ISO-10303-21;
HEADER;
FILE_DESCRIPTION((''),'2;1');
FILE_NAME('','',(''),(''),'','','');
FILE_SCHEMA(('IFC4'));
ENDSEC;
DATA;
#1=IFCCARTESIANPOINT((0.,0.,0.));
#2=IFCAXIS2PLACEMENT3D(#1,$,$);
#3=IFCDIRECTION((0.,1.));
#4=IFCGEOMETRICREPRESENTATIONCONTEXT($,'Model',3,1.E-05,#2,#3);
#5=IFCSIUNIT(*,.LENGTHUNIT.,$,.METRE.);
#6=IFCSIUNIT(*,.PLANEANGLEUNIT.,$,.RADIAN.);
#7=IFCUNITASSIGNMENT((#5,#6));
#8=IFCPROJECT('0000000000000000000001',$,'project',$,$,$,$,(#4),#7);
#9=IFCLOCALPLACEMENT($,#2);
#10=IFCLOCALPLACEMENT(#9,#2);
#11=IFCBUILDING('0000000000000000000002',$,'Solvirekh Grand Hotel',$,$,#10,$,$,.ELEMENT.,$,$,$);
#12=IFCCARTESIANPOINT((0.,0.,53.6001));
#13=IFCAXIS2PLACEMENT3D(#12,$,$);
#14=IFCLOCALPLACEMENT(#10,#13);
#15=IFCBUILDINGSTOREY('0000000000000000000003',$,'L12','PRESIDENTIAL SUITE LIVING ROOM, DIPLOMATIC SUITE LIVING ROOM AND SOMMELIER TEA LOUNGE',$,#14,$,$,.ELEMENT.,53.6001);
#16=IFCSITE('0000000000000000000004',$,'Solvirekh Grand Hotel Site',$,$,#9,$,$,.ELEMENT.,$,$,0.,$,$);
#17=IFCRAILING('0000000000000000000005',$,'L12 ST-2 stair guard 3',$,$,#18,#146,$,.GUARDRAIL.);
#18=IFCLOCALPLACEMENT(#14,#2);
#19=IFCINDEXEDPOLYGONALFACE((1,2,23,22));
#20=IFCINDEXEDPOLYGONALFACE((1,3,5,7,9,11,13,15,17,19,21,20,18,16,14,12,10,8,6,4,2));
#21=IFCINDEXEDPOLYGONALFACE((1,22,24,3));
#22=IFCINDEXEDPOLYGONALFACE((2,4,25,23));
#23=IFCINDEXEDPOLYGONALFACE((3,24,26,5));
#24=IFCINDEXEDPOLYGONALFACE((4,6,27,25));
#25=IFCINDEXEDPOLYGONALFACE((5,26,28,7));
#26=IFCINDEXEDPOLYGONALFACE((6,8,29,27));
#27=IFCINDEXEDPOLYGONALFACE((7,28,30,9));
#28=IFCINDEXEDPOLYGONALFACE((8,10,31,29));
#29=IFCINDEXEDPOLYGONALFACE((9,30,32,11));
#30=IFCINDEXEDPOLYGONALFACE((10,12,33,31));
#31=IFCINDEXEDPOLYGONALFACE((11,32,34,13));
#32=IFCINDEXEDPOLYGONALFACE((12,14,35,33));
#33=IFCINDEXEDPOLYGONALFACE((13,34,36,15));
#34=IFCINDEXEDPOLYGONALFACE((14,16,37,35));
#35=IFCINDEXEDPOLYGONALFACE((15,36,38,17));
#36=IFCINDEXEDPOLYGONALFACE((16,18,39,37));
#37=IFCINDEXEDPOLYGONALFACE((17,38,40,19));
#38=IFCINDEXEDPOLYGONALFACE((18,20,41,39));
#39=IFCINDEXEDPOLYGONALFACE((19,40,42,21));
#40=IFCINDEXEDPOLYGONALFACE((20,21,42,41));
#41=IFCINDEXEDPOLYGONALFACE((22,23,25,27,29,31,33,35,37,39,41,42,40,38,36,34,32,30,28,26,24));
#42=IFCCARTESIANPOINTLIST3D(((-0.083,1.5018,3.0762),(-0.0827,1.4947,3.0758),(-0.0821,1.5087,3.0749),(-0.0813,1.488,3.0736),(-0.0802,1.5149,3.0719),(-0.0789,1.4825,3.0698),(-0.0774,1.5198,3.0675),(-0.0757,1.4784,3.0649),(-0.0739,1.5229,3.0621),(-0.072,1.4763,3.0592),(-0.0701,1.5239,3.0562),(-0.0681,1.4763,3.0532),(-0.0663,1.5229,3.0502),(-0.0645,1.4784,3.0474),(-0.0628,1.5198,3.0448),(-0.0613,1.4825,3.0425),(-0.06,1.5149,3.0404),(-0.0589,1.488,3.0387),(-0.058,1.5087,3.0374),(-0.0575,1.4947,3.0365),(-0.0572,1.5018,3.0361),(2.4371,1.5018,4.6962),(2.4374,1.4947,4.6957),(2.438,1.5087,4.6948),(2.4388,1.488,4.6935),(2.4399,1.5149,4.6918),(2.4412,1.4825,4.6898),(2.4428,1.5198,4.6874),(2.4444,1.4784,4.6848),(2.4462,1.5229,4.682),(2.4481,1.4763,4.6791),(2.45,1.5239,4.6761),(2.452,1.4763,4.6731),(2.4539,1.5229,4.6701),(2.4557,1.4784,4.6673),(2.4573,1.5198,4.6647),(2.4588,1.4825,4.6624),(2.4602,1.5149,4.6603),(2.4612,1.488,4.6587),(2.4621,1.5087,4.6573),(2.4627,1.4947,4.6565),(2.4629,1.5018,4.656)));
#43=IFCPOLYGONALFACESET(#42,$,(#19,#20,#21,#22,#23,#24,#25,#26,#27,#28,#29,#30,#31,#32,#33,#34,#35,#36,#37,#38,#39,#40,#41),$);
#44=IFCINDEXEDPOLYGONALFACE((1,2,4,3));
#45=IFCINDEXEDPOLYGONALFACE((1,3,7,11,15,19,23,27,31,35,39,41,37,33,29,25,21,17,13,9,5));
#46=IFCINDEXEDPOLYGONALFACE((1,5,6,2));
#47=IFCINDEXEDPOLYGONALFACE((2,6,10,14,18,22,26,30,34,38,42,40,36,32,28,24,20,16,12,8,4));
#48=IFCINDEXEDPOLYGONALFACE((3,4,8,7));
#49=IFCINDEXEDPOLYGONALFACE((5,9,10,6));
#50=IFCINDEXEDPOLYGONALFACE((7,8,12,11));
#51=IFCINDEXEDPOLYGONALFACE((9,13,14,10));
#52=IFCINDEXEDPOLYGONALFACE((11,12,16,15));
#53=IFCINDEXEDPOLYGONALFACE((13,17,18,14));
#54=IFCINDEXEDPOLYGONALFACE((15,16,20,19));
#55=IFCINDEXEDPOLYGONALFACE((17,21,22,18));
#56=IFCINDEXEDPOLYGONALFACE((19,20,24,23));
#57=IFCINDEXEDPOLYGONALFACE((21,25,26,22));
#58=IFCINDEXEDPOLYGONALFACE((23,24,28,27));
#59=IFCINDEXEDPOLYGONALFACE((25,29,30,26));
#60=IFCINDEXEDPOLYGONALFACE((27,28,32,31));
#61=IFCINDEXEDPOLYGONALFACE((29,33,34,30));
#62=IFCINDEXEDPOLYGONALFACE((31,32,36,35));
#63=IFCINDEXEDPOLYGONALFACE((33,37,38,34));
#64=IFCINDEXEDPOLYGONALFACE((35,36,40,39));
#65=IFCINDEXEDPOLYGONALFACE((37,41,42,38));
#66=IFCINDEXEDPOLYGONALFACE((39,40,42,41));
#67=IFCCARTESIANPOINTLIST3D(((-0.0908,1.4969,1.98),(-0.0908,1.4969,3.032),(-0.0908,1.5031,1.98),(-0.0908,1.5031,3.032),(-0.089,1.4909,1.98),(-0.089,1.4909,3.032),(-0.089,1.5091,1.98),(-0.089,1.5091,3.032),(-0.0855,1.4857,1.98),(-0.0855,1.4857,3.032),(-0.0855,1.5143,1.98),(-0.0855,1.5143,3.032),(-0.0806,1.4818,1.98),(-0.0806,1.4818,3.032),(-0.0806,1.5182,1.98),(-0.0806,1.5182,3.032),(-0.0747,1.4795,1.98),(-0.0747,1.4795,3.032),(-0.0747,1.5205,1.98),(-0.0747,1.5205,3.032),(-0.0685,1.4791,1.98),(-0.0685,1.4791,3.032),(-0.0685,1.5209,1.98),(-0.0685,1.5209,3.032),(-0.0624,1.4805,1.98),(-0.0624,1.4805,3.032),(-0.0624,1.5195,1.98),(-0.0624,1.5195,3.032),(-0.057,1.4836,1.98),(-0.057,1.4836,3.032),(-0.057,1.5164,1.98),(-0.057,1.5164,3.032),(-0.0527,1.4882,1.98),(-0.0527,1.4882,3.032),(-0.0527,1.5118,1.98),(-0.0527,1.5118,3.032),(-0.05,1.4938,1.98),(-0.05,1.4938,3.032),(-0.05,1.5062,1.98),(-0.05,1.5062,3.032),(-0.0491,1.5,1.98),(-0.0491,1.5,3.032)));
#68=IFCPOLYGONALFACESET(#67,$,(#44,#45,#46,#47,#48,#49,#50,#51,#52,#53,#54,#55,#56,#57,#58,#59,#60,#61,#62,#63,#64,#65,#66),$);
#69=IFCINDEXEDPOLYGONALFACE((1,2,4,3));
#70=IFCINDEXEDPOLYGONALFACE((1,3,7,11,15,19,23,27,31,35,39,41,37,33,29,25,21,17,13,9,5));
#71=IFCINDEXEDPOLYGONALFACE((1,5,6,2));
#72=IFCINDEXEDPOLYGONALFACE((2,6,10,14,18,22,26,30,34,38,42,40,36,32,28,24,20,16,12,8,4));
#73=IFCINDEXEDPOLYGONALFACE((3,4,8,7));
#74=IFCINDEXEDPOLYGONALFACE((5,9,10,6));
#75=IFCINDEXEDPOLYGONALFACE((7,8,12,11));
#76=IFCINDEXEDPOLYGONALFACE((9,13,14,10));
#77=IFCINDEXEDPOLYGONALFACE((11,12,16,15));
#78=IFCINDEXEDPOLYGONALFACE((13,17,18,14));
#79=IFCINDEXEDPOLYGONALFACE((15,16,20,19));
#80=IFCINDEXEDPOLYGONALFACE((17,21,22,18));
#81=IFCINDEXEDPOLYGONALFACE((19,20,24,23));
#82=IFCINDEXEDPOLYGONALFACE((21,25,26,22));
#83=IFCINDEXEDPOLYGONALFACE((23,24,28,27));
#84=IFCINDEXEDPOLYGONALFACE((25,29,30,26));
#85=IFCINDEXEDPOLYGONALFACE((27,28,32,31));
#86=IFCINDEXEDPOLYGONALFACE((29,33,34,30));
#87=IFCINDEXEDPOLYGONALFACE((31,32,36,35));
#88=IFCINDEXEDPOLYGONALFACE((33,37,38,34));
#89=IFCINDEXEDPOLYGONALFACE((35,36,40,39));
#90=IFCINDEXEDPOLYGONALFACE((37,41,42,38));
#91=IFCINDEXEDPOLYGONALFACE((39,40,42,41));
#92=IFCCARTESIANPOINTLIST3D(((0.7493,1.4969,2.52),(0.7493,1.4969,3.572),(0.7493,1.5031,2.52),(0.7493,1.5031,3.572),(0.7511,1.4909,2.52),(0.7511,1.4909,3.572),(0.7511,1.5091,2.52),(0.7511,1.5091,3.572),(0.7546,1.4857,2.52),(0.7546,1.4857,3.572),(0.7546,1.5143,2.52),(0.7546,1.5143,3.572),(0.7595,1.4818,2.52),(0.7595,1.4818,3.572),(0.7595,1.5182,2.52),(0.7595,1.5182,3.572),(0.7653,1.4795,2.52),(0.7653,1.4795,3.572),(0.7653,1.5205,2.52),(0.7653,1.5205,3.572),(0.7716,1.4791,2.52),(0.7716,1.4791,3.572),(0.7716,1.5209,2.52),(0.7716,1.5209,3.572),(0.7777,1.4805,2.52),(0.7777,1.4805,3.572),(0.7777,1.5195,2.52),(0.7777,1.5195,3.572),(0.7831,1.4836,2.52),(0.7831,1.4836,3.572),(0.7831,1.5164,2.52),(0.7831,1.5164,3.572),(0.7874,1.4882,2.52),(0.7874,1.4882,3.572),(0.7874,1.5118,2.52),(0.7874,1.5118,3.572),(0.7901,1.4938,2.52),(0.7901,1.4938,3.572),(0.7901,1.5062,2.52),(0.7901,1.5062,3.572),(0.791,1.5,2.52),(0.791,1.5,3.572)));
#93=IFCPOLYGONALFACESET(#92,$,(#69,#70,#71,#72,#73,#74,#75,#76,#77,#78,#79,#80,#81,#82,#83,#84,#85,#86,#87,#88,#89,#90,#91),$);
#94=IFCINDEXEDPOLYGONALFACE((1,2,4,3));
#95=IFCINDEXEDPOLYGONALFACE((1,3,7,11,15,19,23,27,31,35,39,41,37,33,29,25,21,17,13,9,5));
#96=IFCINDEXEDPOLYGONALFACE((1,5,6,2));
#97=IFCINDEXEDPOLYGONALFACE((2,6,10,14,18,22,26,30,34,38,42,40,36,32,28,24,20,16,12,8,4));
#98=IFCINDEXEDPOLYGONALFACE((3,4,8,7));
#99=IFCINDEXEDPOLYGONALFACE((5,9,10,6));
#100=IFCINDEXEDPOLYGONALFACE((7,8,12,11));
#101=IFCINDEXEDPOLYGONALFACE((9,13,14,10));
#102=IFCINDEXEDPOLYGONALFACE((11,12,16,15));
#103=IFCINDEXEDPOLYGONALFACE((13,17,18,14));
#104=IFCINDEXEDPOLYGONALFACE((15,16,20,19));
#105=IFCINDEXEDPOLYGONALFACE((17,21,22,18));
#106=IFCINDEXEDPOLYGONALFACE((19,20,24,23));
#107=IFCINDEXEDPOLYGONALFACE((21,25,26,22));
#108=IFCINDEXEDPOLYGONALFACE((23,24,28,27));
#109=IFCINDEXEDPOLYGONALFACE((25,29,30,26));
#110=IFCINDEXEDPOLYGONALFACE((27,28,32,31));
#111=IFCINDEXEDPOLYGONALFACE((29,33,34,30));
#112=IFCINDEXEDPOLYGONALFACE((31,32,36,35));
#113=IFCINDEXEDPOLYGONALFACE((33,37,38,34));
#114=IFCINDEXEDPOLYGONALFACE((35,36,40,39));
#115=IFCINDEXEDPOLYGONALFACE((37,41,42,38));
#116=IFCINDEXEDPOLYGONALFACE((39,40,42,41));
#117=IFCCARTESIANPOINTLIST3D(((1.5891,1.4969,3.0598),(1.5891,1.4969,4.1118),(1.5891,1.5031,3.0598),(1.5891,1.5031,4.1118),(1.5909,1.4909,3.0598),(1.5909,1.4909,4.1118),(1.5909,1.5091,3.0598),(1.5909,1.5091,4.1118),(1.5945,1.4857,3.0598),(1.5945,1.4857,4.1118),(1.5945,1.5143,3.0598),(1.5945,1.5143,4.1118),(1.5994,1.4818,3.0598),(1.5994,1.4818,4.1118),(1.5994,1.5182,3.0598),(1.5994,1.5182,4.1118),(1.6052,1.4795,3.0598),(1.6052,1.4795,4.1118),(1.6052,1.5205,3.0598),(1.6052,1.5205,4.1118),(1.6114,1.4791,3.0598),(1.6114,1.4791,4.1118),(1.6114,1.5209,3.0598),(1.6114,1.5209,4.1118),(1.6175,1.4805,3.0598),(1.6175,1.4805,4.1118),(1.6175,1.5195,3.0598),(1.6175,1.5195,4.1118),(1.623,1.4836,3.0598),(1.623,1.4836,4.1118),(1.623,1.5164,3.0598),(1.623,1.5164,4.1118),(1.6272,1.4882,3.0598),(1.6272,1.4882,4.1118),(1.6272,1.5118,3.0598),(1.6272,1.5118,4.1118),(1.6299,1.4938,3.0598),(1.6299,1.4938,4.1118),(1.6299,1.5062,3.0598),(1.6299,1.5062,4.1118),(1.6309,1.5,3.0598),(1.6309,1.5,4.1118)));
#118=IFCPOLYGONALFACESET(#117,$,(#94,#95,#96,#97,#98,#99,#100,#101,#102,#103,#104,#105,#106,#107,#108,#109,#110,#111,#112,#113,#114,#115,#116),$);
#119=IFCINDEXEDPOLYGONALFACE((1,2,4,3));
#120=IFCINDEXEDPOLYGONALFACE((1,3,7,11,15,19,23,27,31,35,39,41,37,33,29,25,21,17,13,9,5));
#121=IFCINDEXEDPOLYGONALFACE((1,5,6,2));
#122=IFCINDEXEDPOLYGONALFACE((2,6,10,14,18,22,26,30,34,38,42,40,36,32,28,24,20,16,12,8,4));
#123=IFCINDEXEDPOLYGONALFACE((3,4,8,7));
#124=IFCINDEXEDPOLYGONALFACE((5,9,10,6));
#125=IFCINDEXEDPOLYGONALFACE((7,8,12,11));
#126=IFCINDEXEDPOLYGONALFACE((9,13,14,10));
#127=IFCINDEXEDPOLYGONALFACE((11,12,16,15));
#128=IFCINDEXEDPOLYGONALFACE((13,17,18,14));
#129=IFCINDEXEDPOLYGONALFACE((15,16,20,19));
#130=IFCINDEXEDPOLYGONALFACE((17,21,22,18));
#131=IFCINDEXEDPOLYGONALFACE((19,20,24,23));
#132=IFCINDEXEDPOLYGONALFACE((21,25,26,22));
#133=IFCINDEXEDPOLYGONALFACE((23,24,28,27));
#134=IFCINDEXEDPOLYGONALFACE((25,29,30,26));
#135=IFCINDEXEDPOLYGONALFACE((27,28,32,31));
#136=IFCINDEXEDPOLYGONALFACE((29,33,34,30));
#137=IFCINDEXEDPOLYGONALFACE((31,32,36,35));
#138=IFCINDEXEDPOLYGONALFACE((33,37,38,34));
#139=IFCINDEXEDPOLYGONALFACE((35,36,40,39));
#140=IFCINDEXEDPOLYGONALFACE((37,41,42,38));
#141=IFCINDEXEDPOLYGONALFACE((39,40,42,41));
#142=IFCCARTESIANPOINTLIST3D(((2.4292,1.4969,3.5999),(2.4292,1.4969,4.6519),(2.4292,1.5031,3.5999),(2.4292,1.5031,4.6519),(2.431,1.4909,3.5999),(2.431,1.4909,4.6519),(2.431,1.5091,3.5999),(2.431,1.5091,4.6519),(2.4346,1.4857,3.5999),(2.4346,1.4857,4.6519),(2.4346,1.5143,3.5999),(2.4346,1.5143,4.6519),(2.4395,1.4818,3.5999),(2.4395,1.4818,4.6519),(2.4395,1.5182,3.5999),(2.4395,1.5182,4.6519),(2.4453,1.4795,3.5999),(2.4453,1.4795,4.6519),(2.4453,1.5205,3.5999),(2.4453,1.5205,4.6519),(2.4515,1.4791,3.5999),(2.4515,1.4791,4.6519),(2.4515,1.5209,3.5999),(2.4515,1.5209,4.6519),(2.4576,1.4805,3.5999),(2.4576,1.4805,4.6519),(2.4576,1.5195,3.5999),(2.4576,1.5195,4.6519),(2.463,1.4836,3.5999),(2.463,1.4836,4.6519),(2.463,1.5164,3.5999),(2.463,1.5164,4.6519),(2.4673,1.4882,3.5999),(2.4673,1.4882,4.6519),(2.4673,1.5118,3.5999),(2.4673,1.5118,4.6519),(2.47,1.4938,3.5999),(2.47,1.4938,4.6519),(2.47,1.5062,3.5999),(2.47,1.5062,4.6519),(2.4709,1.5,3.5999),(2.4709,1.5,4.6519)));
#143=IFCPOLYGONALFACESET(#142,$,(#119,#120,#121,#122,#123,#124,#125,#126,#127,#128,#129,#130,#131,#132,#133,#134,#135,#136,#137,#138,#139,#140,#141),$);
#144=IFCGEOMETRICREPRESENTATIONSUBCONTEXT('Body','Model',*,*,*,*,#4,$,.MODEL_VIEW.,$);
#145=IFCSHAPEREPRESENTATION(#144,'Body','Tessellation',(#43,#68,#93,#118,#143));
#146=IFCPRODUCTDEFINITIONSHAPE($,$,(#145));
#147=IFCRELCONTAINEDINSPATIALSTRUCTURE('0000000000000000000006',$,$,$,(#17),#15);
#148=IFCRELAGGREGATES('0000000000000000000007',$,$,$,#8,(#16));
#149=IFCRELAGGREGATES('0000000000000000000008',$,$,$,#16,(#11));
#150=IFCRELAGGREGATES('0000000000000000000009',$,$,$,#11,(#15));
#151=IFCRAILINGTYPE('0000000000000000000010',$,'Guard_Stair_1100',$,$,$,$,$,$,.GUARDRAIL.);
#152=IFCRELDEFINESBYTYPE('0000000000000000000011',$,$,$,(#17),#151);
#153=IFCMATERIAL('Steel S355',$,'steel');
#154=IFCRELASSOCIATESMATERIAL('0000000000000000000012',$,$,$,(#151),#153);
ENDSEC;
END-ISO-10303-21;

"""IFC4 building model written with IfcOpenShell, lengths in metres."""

from ifc_helpers import new_model, si_unit, direction, frame, origin, origin_2d, place, context, subcontext, project, spatial, circle, extrude, material, type_object, element, save


model = new_model("IFC4")

# Units and contexts
model_context = context("Model", 3, precision=1e-05, world=origin(), true_north=direction((0.0, 1.0)))
body_context = subcontext(model_context, "Body", "Model", "MODEL_VIEW")
ifc_project = project(units=[si_unit("LENGTHUNIT", "METRE"), si_unit("PLANEANGLEUNIT", "RADIAN")], contexts=[model_context])

# Site, building, storey
site_placement = place(None, origin())
site = spatial("IfcSite", under=ifc_project, at=site_placement, Name="Solvirekh Grand Hotel Site", CompositionType="ELEMENT", RefElevation=0.0)
building_placement = place(site_placement, origin())
building = spatial("IfcBuilding", under=site, at=building_placement, Name="Solvirekh Grand Hotel", CompositionType="ELEMENT")
storey_placement = place(building_placement, frame((0.0, 0.0, 53.6001)))
storey = spatial("IfcBuildingStorey", under=building, at=storey_placement, Name="L12", Description="PRESIDENTIAL SUITE LIVING ROOM, DIPLOMATIC SUITE LIVING ROOM AND SOMMELIER TEA LOUNGE", CompositionType="ELEMENT", Elevation=53.6001)

# Shared definitions
ifc_material_1 = material(Name="Steel S355", Category="steel")

# Railing
railing_type_1 = type_object("IfcRailingType", Name="Guard_Stair_1100", PredefinedType="GUARDRAIL", material=ifc_material_1)
railing_1_placement = place(storey_placement, frame((-0.0701, 1.5, 1.98)))
element("IfcRailing", 1, at=railing_1_placement, inside=storey, type_object=railing_type_1, Name="L12 ST-2 stair guard 3", PredefinedType="GUARDRAIL", context=body_context, shape_type="SweptSolid", body=[
    extrude(circle(Radius=0.0239, at=origin_2d()), frame((0.0, 0.0, 1.0762), z_axis=(0.8412, 0.0, 0.540725), x_axis=(0.0, 1.0, 0.0)), (0.0, 0.0, 1.0), 2.9958),
    extrude(circle(Radius=0.021, at=origin_2d()), origin(), (0.0, 0.0, 1.0), 1.052),
    extrude(circle(Radius=0.021, at=origin_2d()), frame((0.8401, 0.0, 0.54)), (0.0, 0.0, 1.0), 1.052),
    extrude(circle(Radius=0.021, at=origin_2d()), frame((1.6799, 0.0, 1.0798)), (0.0, 0.0, 1.0), 1.052),
    extrude(circle(Radius=0.021, at=origin_2d()), frame((2.52, 0.0, 1.6199)), (0.0, 0.0, 1.0), 1.052),
])

save(model, "model.ifc")
